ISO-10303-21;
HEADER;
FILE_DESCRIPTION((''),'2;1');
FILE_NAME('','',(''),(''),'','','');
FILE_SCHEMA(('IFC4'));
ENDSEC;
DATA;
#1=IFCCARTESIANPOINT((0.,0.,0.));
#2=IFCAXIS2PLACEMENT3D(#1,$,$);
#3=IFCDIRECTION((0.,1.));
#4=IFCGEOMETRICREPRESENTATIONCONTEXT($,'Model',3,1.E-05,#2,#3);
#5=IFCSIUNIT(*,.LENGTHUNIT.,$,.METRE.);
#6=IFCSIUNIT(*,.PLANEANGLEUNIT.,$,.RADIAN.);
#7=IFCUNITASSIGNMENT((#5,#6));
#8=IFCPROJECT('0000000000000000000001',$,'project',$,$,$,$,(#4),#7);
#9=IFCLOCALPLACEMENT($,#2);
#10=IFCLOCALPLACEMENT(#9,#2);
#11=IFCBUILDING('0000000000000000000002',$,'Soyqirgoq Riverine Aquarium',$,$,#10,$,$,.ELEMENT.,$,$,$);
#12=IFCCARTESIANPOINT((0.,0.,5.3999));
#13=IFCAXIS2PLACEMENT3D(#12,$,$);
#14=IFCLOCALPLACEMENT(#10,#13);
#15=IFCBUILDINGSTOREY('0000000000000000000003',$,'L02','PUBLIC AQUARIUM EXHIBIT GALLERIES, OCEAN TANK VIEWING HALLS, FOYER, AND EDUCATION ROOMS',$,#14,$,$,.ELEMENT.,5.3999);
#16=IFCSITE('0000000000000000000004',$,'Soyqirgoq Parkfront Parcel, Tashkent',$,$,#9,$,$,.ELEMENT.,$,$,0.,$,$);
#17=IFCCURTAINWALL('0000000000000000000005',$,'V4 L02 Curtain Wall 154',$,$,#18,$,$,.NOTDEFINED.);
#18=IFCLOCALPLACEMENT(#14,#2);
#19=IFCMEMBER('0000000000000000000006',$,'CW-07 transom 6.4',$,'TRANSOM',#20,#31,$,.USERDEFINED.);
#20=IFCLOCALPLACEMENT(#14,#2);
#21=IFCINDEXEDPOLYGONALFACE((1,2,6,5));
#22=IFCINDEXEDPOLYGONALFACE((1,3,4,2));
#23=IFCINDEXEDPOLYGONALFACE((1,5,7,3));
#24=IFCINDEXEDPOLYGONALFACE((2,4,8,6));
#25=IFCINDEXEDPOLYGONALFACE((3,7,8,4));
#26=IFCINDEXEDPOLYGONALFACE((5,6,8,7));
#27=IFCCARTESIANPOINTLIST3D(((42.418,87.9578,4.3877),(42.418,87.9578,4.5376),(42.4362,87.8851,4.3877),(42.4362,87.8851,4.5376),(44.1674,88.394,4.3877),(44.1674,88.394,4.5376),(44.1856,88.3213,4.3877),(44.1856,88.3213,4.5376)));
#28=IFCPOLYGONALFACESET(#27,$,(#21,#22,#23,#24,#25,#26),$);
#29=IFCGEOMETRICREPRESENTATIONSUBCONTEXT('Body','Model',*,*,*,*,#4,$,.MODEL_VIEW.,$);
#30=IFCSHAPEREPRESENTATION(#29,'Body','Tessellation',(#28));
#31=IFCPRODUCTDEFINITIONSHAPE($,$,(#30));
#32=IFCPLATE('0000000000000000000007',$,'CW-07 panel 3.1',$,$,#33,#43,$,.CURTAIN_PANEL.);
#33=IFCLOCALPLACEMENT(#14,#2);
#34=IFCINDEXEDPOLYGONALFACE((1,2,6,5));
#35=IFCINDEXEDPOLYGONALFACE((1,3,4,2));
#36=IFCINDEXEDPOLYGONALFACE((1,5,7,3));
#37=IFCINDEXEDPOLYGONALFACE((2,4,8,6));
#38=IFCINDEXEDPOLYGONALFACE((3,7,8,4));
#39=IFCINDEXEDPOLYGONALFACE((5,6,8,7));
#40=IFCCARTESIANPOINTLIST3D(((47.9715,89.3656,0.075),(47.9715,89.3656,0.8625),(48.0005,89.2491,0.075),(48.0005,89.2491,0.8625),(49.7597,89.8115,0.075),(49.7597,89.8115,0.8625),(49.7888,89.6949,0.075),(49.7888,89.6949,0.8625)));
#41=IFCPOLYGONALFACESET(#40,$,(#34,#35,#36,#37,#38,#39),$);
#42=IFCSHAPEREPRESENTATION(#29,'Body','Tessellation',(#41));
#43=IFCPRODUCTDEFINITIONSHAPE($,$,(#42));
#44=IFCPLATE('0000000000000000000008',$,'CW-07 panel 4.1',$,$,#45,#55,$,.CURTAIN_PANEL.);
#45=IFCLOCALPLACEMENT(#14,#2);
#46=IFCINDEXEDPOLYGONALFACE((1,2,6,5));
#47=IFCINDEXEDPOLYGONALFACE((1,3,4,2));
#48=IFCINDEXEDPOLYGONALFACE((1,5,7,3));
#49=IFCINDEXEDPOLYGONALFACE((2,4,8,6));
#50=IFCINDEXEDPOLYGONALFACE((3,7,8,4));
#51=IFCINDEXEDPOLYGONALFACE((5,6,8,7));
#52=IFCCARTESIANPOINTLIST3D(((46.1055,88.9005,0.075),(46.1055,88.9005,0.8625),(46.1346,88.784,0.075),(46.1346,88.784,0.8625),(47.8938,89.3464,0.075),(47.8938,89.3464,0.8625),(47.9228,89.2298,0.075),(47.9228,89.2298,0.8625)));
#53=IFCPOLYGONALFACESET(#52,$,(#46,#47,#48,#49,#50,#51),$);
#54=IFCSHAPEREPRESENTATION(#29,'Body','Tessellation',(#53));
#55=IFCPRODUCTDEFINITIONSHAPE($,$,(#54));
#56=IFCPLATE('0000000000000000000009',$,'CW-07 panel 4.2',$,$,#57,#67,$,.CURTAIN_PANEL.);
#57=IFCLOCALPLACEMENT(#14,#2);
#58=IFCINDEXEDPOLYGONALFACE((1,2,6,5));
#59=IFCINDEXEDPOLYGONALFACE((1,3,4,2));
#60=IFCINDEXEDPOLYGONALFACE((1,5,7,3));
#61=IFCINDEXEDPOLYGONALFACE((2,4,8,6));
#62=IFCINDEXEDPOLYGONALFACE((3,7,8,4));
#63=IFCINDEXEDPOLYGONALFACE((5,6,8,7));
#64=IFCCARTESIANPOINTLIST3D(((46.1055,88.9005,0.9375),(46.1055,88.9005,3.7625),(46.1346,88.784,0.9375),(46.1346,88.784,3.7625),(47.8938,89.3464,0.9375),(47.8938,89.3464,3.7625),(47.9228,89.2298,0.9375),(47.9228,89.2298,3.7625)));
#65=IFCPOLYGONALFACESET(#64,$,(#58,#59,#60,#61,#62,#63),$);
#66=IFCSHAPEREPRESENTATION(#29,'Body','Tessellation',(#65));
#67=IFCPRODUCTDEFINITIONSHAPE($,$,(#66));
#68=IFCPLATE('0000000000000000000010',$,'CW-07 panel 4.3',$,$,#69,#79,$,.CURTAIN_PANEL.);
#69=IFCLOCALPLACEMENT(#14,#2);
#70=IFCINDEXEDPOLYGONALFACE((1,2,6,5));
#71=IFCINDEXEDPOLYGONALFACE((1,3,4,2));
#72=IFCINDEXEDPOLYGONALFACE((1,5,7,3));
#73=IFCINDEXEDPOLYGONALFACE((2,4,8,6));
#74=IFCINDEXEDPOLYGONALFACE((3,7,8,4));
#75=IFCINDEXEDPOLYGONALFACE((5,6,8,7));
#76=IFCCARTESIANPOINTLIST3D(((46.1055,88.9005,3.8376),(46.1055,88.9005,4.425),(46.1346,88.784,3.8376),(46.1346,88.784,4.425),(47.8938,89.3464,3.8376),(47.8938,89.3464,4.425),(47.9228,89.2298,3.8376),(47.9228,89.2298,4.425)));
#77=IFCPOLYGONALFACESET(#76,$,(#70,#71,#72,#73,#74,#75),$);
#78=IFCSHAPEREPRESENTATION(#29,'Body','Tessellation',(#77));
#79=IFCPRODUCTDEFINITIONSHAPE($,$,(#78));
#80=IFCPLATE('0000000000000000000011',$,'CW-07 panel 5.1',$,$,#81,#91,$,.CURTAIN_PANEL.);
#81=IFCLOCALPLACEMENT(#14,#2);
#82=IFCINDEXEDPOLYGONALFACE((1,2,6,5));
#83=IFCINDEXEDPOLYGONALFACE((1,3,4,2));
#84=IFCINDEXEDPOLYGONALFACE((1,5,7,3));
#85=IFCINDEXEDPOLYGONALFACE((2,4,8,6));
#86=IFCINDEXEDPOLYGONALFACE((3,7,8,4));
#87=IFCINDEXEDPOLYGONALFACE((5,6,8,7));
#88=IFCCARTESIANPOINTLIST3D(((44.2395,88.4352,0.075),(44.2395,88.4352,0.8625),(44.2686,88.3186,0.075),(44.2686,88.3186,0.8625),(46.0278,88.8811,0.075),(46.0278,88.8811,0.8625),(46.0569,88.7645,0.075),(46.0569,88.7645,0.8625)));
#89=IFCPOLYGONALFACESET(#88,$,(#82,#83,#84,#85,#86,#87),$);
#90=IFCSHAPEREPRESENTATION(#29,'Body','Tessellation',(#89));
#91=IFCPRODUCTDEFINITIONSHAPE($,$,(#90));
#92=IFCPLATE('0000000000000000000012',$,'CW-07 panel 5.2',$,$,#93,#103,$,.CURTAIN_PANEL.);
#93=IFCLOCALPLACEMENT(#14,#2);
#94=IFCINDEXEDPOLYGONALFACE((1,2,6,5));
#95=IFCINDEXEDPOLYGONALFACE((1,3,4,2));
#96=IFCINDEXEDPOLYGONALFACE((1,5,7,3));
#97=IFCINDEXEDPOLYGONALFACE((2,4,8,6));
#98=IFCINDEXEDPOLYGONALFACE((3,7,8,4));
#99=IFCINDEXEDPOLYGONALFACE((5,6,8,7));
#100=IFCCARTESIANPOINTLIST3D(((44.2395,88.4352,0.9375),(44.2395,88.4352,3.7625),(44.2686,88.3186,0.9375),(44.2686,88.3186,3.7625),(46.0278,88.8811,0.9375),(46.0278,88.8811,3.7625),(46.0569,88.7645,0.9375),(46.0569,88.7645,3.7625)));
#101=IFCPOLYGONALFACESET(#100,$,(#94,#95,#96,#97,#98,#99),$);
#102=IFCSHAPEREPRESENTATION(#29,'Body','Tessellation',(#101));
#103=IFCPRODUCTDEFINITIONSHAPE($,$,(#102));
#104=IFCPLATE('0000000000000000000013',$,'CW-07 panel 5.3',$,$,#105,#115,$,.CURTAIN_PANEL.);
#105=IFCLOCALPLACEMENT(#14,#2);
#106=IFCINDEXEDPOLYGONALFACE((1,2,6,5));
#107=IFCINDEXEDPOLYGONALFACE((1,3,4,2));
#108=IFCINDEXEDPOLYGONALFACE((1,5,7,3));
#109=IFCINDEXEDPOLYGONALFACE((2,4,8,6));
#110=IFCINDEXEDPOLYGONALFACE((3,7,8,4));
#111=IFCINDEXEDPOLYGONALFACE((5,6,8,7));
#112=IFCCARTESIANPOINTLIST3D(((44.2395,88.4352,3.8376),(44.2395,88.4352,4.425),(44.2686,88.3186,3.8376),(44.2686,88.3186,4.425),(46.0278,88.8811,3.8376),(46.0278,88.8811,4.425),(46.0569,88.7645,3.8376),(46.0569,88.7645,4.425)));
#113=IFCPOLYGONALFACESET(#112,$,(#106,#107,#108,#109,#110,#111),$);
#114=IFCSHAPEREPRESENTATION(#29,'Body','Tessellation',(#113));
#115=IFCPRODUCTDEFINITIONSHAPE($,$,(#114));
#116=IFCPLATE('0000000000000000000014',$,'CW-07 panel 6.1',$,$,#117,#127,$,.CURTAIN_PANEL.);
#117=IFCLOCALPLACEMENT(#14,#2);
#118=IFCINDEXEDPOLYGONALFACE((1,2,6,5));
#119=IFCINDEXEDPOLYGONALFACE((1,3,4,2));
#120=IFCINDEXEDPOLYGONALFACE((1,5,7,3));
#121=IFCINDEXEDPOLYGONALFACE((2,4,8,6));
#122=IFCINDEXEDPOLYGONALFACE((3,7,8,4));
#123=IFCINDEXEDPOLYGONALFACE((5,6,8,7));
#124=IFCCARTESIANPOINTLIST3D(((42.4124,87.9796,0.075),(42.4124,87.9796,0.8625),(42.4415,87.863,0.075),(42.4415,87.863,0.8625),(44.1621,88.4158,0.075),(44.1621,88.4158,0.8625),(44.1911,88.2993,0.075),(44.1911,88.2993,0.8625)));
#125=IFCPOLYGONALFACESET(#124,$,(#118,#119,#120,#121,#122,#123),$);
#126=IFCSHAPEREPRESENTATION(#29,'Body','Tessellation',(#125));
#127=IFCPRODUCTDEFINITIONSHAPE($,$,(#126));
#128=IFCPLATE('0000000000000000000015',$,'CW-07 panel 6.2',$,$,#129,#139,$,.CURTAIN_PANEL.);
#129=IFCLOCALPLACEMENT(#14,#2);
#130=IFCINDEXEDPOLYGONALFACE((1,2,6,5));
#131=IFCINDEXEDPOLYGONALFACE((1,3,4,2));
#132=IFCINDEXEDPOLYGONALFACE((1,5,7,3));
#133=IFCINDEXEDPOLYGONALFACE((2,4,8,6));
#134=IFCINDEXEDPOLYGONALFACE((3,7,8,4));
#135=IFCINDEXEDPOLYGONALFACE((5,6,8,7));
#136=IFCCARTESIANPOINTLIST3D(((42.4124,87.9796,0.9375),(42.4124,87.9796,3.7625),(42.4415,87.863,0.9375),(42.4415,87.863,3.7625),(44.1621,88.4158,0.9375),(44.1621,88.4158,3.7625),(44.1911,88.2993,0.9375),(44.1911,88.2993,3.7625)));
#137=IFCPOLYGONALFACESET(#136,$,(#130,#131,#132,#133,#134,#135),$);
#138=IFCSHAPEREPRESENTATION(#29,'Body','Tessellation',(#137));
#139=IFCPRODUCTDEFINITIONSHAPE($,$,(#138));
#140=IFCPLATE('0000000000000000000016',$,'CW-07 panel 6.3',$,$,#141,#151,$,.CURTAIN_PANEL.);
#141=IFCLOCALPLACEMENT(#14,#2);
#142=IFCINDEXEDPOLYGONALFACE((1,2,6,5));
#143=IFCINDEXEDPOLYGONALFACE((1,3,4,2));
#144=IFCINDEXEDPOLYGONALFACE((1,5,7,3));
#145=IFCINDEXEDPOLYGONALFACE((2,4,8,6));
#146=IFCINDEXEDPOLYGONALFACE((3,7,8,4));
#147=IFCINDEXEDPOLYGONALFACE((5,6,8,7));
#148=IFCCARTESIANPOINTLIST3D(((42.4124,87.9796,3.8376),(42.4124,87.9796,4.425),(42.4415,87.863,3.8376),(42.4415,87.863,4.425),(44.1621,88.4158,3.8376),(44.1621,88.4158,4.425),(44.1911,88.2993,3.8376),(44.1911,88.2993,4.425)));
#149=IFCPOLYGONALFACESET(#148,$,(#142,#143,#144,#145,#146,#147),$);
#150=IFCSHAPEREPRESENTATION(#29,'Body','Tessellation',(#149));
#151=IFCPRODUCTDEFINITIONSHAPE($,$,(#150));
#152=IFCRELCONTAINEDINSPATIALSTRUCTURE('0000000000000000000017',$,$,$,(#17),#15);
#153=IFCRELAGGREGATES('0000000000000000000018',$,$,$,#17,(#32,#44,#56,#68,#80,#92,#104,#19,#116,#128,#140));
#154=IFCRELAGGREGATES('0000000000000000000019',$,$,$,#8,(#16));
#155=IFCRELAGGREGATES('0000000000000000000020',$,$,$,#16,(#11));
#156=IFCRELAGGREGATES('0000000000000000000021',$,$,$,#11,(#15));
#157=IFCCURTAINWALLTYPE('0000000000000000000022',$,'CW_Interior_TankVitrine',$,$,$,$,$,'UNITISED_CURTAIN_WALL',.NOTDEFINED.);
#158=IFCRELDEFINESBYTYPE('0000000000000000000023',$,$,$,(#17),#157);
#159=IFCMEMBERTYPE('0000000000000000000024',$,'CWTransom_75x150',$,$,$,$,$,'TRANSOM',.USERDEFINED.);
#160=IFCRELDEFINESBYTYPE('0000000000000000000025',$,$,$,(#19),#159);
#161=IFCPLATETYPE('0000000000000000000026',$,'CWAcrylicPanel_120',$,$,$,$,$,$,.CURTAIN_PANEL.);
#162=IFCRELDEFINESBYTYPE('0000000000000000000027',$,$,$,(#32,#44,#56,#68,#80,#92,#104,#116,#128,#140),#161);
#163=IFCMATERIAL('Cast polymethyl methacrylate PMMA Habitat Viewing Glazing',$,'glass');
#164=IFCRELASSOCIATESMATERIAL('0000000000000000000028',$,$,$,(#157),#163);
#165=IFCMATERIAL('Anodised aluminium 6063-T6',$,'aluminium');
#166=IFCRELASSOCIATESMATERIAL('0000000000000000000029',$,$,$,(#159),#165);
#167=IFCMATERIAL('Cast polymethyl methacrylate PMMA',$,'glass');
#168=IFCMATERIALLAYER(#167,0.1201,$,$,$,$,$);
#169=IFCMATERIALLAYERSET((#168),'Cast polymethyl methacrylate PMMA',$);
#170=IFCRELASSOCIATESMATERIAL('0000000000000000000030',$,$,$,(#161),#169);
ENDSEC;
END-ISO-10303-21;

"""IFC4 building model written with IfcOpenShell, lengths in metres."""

from ifc_helpers import new_model, si_unit, direction, frame, origin, origin_2d, place, context, subcontext, project, spatial, rectangle, extrude, material, layer, layer_set, material_profile, profile_set, type_object, element, aggregate, save


model = new_model("IFC4")

# Units and contexts
model_context = context("Model", 3, precision=1e-05, world=origin(), true_north=direction((0.0, 1.0)))
body_context = subcontext(model_context, "Body", "Model", "MODEL_VIEW")
ifc_project = project(units=[si_unit("LENGTHUNIT", "METRE"), si_unit("PLANEANGLEUNIT", "RADIAN")], contexts=[model_context])

# Site, building, storey
site_placement = place(None, origin())
site = spatial("IfcSite", under=ifc_project, at=site_placement, Name="Soyqirgoq Parkfront Parcel, Tashkent", CompositionType="ELEMENT", RefElevation=0.0)
building_placement = place(site_placement, origin())
building = spatial("IfcBuilding", under=site, at=building_placement, Name="Soyqirgoq Riverine Aquarium", CompositionType="ELEMENT")
storey_placement = place(building_placement, frame((0.0, 0.0, 5.3999)))
storey = spatial("IfcBuildingStorey", under=building, at=storey_placement, Name="L02", Description="PUBLIC AQUARIUM EXHIBIT GALLERIES, OCEAN TANK VIEWING HALLS, FOYER, AND EDUCATION ROOMS", CompositionType="ELEMENT", Elevation=5.3999)

# Curtain wall, member, plates
ifc_material_1 = material(Name="Cast polymethyl methacrylate PMMA Habitat Viewing Glazing", Category="glass")
curtain_wall_type = type_object("IfcCurtainWallType", Name="CW_Interior_TankVitrine", ElementType="UNITISED_CURTAIN_WALL", PredefinedType="NOTDEFINED", material=ifc_material_1)
curtain_wall_placement = place(storey_placement, origin())
curtain_wall = element("IfcCurtainWall", 1, at=curtain_wall_placement, inside=storey, type_object=curtain_wall_type, Name="V4 L02 Curtain Wall 154", PredefinedType="NOTDEFINED")
ifc_material_2 = material(Name="Anodised aluminium 6063-T6", Category="aluminium")
ifc_material_profile_1 = material_profile(ifc_material_2, rectangle(XDim=0.075, YDim=0.1499, at=origin_2d()), Name="ALU-T 75x150")
ifc_profile_set_1 = profile_set([ifc_material_profile_1], Name="Anodised aluminium 6063-T6")
member_type_1 = type_object("IfcMemberType", Name="CWTransom_75x150", ElementType="TRANSOM", PredefinedType="USERDEFINED", material=ifc_profile_set_1)
member_1_placement = place(storey_placement, frame((44.1765, 88.3577, 4.4626), z_axis=(-0.970286, -0.241962, 0.0), x_axis=(0.241962, -0.970286, 0.0)))
member_1 = element("IfcMember", 2, at=member_1_placement, type_object=member_type_1, Name="CW-07 transom 6.4", ObjectType="TRANSOM", PredefinedType="USERDEFINED", context=body_context, shape_type="SweptSolid", body=[
    extrude(rectangle(XDim=0.075, YDim=0.1499, at=origin_2d()), origin(), (0.0, 0.0, 1.0), 1.803),
])
ifc_material_3 = material(Name="Cast polymethyl methacrylate PMMA", Category="glass")
ifc_layer = layer(ifc_material_3, 0.1201)
ifc_layer_set = layer_set([ifc_layer], Name="Cast polymethyl methacrylate PMMA")
plate_type = type_object("IfcPlateType", Name="CWAcrylicPanel_120", PredefinedType="CURTAIN_PANEL", material=ifc_layer_set)
plate_1_placement = place(storey_placement, frame((48.8801, 89.5303, 0.075), z_axis=(0.0, 0.0, 1.0), x_axis=(-0.970295, -0.241926, 0.0)))
plate_1 = element("IfcPlate", 3, at=plate_1_placement, type_object=plate_type, Name="CW-07 panel 3.1", PredefinedType="CURTAIN_PANEL", context=body_context, shape_type="SweptSolid", body=[
    extrude(rectangle(XDim=1.843, YDim=0.1201, at=origin_2d()), origin(), (0.0, 0.0, 1.0), 0.7876),
])
plate_2_placement = place(storey_placement, frame((47.0142, 89.0652, 0.075), z_axis=(0.0, 0.0, 1.0), x_axis=(-0.970295, -0.241926, 0.0)))
plate_2 = element("IfcPlate", 4, at=plate_2_placement, type_object=plate_type, Name="CW-07 panel 4.1", PredefinedType="CURTAIN_PANEL", context=body_context, shape_type="SweptSolid", body=[
    extrude(rectangle(XDim=1.843, YDim=0.1201, at=origin_2d()), origin(), (0.0, 0.0, 1.0), 0.7876),
])
plate_3_placement = place(storey_placement, frame((47.0142, 89.0652, 0.9375), z_axis=(0.0, 0.0, 1.0), x_axis=(-0.970295, -0.241926, 0.0)))
plate_3 = element("IfcPlate", 5, at=plate_3_placement, type_object=plate_type, Name="CW-07 panel 4.2", PredefinedType="CURTAIN_PANEL", context=body_context, shape_type="SweptSolid", body=[
    extrude(rectangle(XDim=1.843, YDim=0.1201, at=origin_2d()), origin(), (0.0, 0.0, 1.0), 2.825),
])
plate_4_placement = place(storey_placement, frame((47.0142, 89.0652, 3.8376), z_axis=(0.0, 0.0, 1.0), x_axis=(-0.970295, -0.241926, 0.0)))
plate_4 = element("IfcPlate", 6, at=plate_4_placement, type_object=plate_type, Name="CW-07 panel 4.3", PredefinedType="CURTAIN_PANEL", context=body_context, shape_type="SweptSolid", body=[
    extrude(rectangle(XDim=1.843, YDim=0.1201, at=origin_2d()), origin(), (0.0, 0.0, 1.0), 0.5874),
])
plate_5_placement = place(storey_placement, frame((45.1482, 88.5999, 0.075), z_axis=(0.0, 0.0, 1.0), x_axis=(-0.970295, -0.241926, 0.0)))
plate_5 = element("IfcPlate", 7, at=plate_5_placement, type_object=plate_type, Name="CW-07 panel 5.1", PredefinedType="CURTAIN_PANEL", context=body_context, shape_type="SweptSolid", body=[
    extrude(rectangle(XDim=1.843, YDim=0.1201, at=origin_2d()), origin(), (0.0, 0.0, 1.0), 0.7876),
])
plate_6_placement = place(storey_placement, frame((45.1482, 88.5999, 0.9375), z_axis=(0.0, 0.0, 1.0), x_axis=(-0.970295, -0.241926, 0.0)))
plate_6 = element("IfcPlate", 8, at=plate_6_placement, type_object=plate_type, Name="CW-07 panel 5.2", PredefinedType="CURTAIN_PANEL", context=body_context, shape_type="SweptSolid", body=[
    extrude(rectangle(XDim=1.843, YDim=0.1201, at=origin_2d()), origin(), (0.0, 0.0, 1.0), 2.825),
])
plate_7_placement = place(storey_placement, frame((45.1482, 88.5999, 3.8376), z_axis=(0.0, 0.0, 1.0), x_axis=(-0.970295, -0.241926, 0.0)))
plate_7 = element("IfcPlate", 9, at=plate_7_placement, type_object=plate_type, Name="CW-07 panel 5.3", PredefinedType="CURTAIN_PANEL", context=body_context, shape_type="SweptSolid", body=[
    extrude(rectangle(XDim=1.843, YDim=0.1201, at=origin_2d()), origin(), (0.0, 0.0, 1.0), 0.5874),
])
plate_8_placement = place(storey_placement, frame((43.3018, 88.1394, 0.075), z_axis=(0.0, 0.0, 1.0), x_axis=(-0.970295, -0.241926, 0.0)))
plate_8 = element("IfcPlate", 10, at=plate_8_placement, type_object=plate_type, Name="CW-07 panel 6.1", PredefinedType="CURTAIN_PANEL", context=body_context, shape_type="SweptSolid", body=[
    extrude(rectangle(XDim=1.8032, YDim=0.1201, at=origin_2d()), origin(), (0.0, 0.0, 1.0), 0.7876),
])
plate_9_placement = place(storey_placement, frame((43.3018, 88.1394, 0.9375), z_axis=(0.0, 0.0, 1.0), x_axis=(-0.970295, -0.241926, 0.0)))
plate_9 = element("IfcPlate", 11, at=plate_9_placement, type_object=plate_type, Name="CW-07 panel 6.2", PredefinedType="CURTAIN_PANEL", context=body_context, shape_type="SweptSolid", body=[
    extrude(rectangle(XDim=1.8032, YDim=0.1201, at=origin_2d()), origin(), (0.0, 0.0, 1.0), 2.825),
])
plate_10_placement = place(storey_placement, frame((43.3018, 88.1394, 3.8376), z_axis=(0.0, 0.0, 1.0), x_axis=(-0.970295, -0.241926, 0.0)))
plate_10 = element("IfcPlate", 12, at=plate_10_placement, type_object=plate_type, Name="CW-07 panel 6.3", PredefinedType="CURTAIN_PANEL", context=body_context, shape_type="SweptSolid", body=[
    extrude(rectangle(XDim=1.8032, YDim=0.1201, at=origin_2d()), origin(), (0.0, 0.0, 1.0), 0.5874),
])
aggregate(curtain_wall, [plate_1, plate_2, plate_3, plate_4, plate_5, plate_6, plate_7, member_1, plate_8, plate_9, plate_10])

save(model, "model.ifc")
